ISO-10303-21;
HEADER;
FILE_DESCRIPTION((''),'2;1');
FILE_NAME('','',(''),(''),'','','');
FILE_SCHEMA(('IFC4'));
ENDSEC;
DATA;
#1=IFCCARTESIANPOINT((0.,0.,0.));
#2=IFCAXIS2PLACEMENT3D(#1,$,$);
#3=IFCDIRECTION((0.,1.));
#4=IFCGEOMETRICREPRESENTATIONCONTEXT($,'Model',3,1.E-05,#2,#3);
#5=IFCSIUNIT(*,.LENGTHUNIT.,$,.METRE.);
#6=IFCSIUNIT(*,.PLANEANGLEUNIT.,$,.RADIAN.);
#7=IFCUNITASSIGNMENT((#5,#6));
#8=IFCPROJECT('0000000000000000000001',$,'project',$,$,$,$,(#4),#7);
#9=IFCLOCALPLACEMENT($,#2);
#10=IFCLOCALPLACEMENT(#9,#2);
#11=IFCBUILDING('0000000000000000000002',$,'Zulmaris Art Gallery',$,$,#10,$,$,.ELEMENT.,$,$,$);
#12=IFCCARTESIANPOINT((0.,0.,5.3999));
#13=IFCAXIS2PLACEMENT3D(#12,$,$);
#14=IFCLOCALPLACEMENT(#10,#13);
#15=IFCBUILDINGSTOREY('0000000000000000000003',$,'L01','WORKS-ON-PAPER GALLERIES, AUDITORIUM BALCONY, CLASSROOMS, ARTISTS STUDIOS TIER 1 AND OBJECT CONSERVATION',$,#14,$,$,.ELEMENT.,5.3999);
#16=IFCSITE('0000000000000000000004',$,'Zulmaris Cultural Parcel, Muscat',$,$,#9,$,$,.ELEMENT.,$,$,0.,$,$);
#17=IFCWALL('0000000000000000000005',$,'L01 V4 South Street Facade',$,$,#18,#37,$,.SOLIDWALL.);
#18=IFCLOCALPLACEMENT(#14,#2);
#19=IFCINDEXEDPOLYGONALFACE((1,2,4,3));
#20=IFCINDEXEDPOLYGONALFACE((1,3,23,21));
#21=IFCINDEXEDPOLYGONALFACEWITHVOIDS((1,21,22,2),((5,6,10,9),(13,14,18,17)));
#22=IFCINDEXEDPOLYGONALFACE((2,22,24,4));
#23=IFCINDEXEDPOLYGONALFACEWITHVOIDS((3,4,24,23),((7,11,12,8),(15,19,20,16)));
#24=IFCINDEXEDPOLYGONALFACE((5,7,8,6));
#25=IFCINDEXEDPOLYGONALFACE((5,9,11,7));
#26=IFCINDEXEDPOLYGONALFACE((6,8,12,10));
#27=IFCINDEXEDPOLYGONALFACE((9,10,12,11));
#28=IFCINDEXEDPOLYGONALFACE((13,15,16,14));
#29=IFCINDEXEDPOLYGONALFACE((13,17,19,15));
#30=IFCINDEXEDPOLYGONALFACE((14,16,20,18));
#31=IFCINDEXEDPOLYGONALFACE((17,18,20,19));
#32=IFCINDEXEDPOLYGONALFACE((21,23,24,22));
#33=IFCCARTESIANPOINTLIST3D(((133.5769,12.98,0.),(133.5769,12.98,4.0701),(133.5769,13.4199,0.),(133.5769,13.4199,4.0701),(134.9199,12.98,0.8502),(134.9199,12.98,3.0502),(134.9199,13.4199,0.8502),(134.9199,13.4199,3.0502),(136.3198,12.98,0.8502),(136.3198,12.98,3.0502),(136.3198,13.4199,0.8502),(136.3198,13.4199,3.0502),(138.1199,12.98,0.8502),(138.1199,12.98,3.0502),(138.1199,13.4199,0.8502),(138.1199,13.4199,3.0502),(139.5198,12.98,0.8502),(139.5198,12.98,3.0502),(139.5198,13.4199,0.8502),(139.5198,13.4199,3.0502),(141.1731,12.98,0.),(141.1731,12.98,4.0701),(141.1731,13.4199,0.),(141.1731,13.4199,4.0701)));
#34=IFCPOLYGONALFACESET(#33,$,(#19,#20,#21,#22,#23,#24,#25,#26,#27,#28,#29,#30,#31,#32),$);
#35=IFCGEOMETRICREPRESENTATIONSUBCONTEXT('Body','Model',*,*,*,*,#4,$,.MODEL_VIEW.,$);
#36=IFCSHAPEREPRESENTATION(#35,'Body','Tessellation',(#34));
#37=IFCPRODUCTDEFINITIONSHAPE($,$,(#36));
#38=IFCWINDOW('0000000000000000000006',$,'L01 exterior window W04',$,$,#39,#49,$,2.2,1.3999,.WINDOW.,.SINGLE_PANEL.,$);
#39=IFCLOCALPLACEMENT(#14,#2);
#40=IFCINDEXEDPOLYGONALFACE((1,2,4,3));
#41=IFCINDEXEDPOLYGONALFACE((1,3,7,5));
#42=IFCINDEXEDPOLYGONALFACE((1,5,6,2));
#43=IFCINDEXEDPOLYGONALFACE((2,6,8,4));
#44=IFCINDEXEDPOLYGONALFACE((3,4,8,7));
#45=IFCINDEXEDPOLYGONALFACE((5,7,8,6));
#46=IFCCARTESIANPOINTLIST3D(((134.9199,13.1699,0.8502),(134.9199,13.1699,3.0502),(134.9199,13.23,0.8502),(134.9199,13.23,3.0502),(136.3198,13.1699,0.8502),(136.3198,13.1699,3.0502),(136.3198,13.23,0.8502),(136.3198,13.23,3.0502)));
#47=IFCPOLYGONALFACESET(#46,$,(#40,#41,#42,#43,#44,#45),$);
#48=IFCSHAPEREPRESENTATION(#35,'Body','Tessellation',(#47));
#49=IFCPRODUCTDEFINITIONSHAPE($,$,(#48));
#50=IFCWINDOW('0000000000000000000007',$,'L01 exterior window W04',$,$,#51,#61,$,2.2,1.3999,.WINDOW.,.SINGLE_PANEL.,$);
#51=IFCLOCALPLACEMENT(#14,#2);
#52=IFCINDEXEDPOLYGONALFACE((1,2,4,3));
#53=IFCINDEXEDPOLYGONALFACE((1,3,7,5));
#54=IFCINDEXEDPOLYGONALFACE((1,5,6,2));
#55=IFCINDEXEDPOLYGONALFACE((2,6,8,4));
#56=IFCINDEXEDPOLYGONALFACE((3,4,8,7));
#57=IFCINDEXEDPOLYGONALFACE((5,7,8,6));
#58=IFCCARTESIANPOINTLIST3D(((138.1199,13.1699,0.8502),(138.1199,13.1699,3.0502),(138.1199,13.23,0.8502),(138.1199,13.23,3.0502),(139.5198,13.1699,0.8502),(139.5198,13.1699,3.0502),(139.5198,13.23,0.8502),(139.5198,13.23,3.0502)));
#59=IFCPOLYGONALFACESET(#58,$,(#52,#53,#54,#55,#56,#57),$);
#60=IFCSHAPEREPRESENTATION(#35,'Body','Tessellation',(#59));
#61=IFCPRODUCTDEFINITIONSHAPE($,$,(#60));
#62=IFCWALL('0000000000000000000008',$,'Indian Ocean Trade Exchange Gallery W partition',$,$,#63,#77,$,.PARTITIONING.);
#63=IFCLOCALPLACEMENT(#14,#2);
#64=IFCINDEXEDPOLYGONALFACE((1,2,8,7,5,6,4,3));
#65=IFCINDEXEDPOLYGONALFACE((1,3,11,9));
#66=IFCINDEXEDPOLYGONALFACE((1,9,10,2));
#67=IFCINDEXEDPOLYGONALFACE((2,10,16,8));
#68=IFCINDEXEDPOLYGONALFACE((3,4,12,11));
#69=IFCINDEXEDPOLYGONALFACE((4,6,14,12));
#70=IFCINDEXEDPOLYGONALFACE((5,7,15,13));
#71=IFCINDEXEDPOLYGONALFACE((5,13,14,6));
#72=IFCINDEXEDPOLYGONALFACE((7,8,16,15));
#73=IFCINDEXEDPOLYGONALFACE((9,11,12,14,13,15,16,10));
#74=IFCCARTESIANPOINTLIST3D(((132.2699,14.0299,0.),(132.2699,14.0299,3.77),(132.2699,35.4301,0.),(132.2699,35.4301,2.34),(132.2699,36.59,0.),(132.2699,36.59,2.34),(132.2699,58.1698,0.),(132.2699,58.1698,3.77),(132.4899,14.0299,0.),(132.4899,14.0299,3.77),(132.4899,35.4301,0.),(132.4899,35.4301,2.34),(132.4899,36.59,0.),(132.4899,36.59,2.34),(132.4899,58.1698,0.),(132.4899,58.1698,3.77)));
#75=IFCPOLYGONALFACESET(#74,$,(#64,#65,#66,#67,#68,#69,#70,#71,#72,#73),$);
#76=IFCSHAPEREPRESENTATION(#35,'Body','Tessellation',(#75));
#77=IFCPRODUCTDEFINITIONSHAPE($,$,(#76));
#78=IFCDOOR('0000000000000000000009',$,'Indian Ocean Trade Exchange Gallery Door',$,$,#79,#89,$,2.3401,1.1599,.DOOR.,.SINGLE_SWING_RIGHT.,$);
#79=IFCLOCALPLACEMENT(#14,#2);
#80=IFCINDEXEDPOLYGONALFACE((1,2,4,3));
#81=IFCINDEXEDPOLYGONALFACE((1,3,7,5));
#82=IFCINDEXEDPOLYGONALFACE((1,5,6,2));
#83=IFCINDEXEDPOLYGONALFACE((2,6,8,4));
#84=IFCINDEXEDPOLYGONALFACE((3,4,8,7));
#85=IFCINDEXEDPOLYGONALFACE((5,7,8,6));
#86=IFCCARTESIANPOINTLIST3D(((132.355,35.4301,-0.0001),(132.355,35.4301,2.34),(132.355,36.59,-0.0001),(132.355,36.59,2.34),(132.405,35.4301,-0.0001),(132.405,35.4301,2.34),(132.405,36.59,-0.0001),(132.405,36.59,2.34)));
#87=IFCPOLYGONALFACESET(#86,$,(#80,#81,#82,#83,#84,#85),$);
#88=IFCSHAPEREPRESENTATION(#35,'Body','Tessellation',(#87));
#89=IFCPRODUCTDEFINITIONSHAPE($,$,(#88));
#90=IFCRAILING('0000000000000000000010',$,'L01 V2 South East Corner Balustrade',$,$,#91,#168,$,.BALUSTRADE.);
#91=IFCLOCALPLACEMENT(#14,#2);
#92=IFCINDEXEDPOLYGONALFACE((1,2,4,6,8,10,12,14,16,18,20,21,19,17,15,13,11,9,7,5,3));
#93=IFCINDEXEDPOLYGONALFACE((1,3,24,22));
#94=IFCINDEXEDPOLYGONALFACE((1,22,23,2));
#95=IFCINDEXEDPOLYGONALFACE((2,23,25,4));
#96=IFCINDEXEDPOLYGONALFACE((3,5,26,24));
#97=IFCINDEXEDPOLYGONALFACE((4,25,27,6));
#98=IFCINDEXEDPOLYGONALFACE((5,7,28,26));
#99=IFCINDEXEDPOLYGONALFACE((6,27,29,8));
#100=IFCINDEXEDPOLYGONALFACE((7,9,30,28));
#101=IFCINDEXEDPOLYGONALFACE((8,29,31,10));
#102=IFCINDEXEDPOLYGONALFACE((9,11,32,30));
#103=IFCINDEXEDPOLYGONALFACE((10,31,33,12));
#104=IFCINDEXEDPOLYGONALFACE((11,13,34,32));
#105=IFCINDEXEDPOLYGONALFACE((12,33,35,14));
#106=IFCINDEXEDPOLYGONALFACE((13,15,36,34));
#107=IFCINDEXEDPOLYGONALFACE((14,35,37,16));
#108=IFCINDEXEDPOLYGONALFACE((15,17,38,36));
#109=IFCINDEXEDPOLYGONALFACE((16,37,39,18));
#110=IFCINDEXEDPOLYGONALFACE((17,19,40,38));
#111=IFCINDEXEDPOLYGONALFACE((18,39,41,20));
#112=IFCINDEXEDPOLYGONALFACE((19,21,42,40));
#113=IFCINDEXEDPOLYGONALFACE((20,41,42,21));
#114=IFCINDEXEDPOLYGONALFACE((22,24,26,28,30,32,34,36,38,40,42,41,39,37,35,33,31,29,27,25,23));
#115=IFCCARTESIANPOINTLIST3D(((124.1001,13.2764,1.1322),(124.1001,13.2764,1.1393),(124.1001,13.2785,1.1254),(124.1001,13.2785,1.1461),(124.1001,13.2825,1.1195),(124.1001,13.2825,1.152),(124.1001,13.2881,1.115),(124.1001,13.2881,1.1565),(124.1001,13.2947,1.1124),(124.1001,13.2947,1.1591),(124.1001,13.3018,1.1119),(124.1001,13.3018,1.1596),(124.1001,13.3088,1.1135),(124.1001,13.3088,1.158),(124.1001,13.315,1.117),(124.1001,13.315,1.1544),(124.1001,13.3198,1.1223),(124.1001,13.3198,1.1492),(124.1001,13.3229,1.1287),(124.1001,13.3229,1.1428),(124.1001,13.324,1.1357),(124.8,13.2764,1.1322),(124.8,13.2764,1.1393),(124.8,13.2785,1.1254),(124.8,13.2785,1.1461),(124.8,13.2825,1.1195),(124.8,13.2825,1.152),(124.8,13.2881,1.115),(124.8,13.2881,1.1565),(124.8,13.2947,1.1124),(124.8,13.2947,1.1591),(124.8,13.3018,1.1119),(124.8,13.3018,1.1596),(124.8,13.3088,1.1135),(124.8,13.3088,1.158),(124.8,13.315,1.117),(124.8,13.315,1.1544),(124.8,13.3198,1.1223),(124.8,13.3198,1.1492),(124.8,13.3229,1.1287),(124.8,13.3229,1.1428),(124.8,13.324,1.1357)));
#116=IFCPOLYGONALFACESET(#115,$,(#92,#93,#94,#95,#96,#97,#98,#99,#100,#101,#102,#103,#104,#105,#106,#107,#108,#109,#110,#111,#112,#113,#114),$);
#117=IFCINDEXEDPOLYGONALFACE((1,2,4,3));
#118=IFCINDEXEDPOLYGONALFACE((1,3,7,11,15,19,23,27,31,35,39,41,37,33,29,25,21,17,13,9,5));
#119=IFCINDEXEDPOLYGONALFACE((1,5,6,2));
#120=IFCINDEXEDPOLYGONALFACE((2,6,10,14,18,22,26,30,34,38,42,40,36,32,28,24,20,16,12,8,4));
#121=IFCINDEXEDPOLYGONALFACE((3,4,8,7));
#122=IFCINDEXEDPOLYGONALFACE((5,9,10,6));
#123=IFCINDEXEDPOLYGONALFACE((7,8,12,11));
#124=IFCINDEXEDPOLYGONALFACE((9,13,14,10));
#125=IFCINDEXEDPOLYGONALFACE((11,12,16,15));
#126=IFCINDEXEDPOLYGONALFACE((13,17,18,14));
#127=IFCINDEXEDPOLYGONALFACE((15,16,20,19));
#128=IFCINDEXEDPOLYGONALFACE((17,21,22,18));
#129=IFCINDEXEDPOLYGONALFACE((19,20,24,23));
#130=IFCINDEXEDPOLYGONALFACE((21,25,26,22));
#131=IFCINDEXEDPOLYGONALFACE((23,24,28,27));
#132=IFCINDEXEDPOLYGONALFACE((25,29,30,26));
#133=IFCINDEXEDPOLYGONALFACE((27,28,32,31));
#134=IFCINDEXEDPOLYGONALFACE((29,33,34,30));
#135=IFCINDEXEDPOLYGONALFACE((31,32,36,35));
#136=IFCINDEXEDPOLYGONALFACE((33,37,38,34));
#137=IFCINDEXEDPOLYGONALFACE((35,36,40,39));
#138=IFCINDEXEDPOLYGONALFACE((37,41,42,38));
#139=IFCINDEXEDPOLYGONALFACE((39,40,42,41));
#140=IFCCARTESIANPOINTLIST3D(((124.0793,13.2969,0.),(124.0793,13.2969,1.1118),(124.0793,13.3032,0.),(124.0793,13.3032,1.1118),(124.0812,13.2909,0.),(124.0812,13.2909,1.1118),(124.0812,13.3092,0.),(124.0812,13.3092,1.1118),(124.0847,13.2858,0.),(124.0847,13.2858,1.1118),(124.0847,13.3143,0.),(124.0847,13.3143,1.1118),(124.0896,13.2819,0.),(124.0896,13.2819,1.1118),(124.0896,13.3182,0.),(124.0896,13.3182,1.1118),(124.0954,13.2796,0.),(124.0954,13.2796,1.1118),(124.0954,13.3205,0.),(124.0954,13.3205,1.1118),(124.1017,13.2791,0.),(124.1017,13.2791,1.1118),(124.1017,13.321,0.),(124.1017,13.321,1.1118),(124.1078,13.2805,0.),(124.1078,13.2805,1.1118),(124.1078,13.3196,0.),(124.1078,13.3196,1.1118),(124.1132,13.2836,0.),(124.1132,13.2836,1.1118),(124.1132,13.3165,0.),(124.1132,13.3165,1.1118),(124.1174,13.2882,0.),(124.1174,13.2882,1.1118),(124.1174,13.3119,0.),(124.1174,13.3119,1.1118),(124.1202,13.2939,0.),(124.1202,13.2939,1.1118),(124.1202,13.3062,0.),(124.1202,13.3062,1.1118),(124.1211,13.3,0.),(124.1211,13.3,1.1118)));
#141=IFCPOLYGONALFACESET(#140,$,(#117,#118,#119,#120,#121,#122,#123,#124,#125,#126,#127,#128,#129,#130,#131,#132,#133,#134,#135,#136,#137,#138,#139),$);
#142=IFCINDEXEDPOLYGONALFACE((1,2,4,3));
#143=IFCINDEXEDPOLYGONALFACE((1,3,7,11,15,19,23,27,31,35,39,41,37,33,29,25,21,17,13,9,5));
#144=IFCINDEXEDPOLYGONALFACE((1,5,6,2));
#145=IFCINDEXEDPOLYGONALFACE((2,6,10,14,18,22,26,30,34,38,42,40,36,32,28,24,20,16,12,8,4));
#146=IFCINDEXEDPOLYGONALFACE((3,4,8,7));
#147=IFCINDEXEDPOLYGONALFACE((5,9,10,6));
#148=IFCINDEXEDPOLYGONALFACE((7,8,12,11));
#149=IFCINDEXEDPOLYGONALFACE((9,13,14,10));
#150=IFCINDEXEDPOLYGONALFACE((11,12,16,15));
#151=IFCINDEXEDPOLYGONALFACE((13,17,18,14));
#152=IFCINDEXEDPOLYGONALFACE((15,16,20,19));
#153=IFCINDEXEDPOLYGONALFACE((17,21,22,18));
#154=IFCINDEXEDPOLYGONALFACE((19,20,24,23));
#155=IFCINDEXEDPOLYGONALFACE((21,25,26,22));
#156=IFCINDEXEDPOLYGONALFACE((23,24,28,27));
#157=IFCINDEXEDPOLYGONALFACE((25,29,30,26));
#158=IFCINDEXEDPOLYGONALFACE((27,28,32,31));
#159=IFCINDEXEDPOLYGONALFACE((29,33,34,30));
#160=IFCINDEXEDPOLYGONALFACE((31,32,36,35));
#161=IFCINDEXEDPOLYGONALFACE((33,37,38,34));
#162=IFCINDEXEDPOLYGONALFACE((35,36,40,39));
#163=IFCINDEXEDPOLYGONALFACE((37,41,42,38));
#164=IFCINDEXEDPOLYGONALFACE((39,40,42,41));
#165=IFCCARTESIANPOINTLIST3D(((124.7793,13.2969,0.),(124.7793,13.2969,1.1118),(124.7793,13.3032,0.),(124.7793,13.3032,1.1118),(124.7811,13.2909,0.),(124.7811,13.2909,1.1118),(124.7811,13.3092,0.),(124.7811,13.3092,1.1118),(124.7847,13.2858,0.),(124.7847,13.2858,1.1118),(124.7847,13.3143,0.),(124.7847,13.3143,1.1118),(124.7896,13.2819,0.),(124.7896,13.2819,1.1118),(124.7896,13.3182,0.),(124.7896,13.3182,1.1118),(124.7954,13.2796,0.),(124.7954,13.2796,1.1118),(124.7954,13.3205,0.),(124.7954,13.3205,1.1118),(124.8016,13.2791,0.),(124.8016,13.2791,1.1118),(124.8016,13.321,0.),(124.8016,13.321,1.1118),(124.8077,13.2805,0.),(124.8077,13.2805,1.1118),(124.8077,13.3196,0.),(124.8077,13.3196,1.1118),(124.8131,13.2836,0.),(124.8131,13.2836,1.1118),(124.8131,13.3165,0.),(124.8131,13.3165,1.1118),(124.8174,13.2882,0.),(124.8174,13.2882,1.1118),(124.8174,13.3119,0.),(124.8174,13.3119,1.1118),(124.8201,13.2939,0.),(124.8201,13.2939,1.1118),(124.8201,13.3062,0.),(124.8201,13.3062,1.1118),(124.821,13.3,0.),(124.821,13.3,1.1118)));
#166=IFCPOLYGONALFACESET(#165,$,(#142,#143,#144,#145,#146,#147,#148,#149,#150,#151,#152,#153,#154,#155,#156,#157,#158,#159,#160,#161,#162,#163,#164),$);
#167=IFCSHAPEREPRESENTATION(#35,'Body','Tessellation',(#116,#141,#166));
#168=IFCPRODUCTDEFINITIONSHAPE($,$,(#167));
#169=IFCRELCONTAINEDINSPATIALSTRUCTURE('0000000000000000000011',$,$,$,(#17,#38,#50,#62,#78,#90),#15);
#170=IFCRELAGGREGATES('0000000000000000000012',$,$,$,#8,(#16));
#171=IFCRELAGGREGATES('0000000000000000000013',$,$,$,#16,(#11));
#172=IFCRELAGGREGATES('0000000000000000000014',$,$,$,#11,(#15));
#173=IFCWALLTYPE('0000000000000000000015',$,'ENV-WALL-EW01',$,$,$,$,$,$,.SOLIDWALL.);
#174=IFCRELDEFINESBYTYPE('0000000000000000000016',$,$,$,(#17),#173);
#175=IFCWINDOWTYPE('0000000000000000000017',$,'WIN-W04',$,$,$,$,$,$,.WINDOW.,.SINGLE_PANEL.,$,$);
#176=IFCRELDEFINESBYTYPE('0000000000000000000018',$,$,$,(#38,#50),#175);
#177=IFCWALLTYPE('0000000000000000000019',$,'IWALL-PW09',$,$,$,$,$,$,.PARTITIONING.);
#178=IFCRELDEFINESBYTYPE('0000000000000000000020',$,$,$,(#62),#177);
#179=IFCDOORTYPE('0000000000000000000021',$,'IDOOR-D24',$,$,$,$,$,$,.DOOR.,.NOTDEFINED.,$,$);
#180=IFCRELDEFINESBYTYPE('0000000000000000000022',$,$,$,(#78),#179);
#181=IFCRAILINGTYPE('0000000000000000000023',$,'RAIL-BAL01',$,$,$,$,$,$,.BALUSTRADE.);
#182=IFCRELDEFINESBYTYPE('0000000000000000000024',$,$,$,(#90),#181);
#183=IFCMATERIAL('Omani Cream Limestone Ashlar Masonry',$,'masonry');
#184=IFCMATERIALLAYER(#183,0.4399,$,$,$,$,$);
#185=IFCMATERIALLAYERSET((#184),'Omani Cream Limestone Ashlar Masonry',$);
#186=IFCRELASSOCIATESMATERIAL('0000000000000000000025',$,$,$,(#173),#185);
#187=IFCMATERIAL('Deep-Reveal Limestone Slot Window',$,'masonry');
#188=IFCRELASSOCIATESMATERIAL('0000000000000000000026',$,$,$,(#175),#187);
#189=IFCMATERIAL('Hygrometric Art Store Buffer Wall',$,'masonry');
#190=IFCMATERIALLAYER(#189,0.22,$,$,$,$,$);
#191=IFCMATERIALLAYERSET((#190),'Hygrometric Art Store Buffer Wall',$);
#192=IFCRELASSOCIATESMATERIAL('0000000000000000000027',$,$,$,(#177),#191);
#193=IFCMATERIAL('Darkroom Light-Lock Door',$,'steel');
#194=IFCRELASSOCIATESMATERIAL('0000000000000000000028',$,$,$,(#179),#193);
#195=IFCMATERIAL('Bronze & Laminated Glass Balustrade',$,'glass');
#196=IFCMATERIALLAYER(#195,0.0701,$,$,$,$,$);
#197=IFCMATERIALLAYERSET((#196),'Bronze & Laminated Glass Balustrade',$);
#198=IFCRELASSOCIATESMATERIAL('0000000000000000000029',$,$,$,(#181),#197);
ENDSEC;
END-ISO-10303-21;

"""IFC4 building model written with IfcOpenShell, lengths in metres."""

from ifc_helpers import new_model, si_unit, direction, frame, frame_2d, origin, origin_2d, place, context, subcontext, project, spatial, rectangle, circle, extrude, material, layer, layer_set, type_object, element, fill, save


model = new_model("IFC4")

# Units and contexts
model_context = context("Model", 3, precision=1e-05, world=origin(), true_north=direction((0.0, 1.0)))
body_context = subcontext(model_context, "Body", "Model", "MODEL_VIEW")
ifc_project = project(units=[si_unit("LENGTHUNIT", "METRE"), si_unit("PLANEANGLEUNIT", "RADIAN")], contexts=[model_context])

# Site, building, storey
site_placement = place(None, origin())
site = spatial("IfcSite", under=ifc_project, at=site_placement, Name="Zulmaris Cultural Parcel, Muscat", CompositionType="ELEMENT", RefElevation=0.0)
building_placement = place(site_placement, origin())
building = spatial("IfcBuilding", under=site, at=building_placement, Name="Zulmaris Art Gallery", CompositionType="ELEMENT")
storey_placement = place(building_placement, frame((0.0, 0.0, 5.3999)))
storey = spatial("IfcBuildingStorey", under=building, at=storey_placement, Name="L01", Description="WORKS-ON-PAPER GALLERIES, AUDITORIUM BALCONY, CLASSROOMS, ARTISTS STUDIOS TIER 1 AND OBJECT CONSERVATION", CompositionType="ELEMENT", Elevation=5.3999)

# Wall, openings, windows
ifc_material_1 = material(Name="Omani Cream Limestone Ashlar Masonry", Category="masonry")
ifc_layer_1 = layer(ifc_material_1, 0.4399)
ifc_layer_set_1 = layer_set([ifc_layer_1], Name="Omani Cream Limestone Ashlar Masonry")
wall_type_1 = type_object("IfcWallType", Name="ENV-WALL-EW01", PredefinedType="SOLIDWALL", material=ifc_layer_set_1)
ifc_material_2 = material(Name="Deep-Reveal Limestone Slot Window", Category="masonry")
window_type = type_object("IfcWindowType", Name="WIN-W04", PartitioningType="SINGLE_PANEL", PredefinedType="WINDOW", material=ifc_material_2)
wall_1_placement = place(storey_placement, frame((133.5769, 13.2, 0.0), z_axis=(0.0, 0.0, 1.0), x_axis=(1.0, 0.0, 0.0)))
wall_1 = element("IfcWall", 1, at=wall_1_placement, inside=storey, type_object=wall_type_1, Name="L01 V4 South Street Facade", PredefinedType="SOLIDWALL", context=body_context, shape_type="SweptSolid", body=[
    extrude(rectangle(XDim=7.5962, YDim=0.4399, at=frame_2d((3.7981, 0.0))), origin(), (0.0, 0.0, 1.0), 4.0701),
])
opening_1_placement = place(wall_1_placement, frame((1.343, 0.0, 0.8501)))
opening_1 = element("IfcOpeningElement", 2, at=opening_1_placement, cuts=wall_1, PredefinedType="OPENING", context=body_context, shape_type="SweptSolid", body=[
    extrude(rectangle(XDim=1.3999, YDim=2.2, at=frame_2d((0.7, 1.1001))), frame((0.0, 0.23, 0.0), z_axis=(0.0, -1.0, 0.0), x_axis=(1.0, 0.0, 0.0)), (0.0, 0.0, 1.0), 0.46),
])
opening_2_placement = place(wall_1_placement, frame((4.543, 0.0, 0.8501)))
opening_2 = element("IfcOpeningElement", 3, at=opening_2_placement, cuts=wall_1, PredefinedType="OPENING", context=body_context, shape_type="SweptSolid", body=[
    extrude(rectangle(XDim=1.3999, YDim=2.2, at=frame_2d((0.7, 1.1001))), frame((0.0, 0.23, 0.0), z_axis=(0.0, -1.0, 0.0), x_axis=(1.0, 0.0, 0.0)), (0.0, 0.0, 1.0), 0.46),
])
window_1_placement = place(opening_1_placement, origin())
window_1 = element("IfcWindow", 4, at=window_1_placement, inside=storey, type_object=window_type, Name="L01 exterior window W04", OverallHeight=2.2, OverallWidth=1.3999, PartitioningType="SINGLE_PANEL", PredefinedType="WINDOW", context=body_context, shape_type="SweptSolid", body=[
    extrude(rectangle(XDim=1.3999, YDim=2.2, at=frame_2d((0.7, 1.1001))), frame((0.0, 0.03, 0.0), z_axis=(0.0, -1.0, 0.0), x_axis=(1.0, 0.0, 0.0)), (0.0, 0.0, 1.0), 0.0601),
])
fill(opening_1, window_1)
window_2_placement = place(opening_2_placement, origin())
window_2 = element("IfcWindow", 5, at=window_2_placement, inside=storey, type_object=window_type, Name="L01 exterior window W04", OverallHeight=2.2, OverallWidth=1.3999, PartitioningType="SINGLE_PANEL", PredefinedType="WINDOW", context=body_context, shape_type="SweptSolid", body=[
    extrude(rectangle(XDim=1.3999, YDim=2.2, at=frame_2d((0.7, 1.1001))), frame((0.0, 0.03, 0.0), z_axis=(0.0, -1.0, 0.0), x_axis=(1.0, 0.0, 0.0)), (0.0, 0.0, 1.0), 0.0601),
])
fill(opening_2, window_2)

# Wall, opening, door
ifc_material_3 = material(Name="Hygrometric Art Store Buffer Wall", Category="masonry")
ifc_layer_2 = layer(ifc_material_3, 0.22)
ifc_layer_set_2 = layer_set([ifc_layer_2], Name="Hygrometric Art Store Buffer Wall")
wall_type_2 = type_object("IfcWallType", Name="IWALL-PW09", PredefinedType="PARTITIONING", material=ifc_layer_set_2)
wall_2_placement = place(storey_placement, frame((132.3799, 14.03, 0.0), z_axis=(0.0, 0.0, 1.0), x_axis=(0.0, 1.0, 0.0)))
wall_2 = element("IfcWall", 6, at=wall_2_placement, inside=storey, type_object=wall_type_2, Name="Indian Ocean Trade Exchange Gallery W partition", PredefinedType="PARTITIONING", context=body_context, shape_type="SweptSolid", body=[
    extrude(rectangle(XDim=44.1399, YDim=0.22, at=frame_2d((22.0698, 0.0))), origin(), (0.0, 0.0, 1.0), 3.77),
])
opening_3_placement = place(wall_2_placement, frame((21.3999, 0.0, 0.0)))
opening_3 = element("IfcOpeningElement", 7, at=opening_3_placement, cuts=wall_2, PredefinedType="OPENING", context=body_context, shape_type="SweptSolid", body=[
    extrude(rectangle(XDim=1.1599, YDim=2.3401, at=frame_2d((0.5801, 1.1699))), frame((0.0, 0.1199, 0.0), z_axis=(0.0, -1.0, 0.0), x_axis=(1.0, 0.0, 0.0)), (0.0, 0.0, 1.0), 0.24),
])
ifc_material_4 = material(Name="Darkroom Light-Lock Door", Category="steel")
door_type = type_object("IfcDoorType", Name="IDOOR-D24", OperationType="NOTDEFINED", PredefinedType="DOOR", material=ifc_material_4)
door_placement = place(opening_3_placement, origin())
door = element("IfcDoor", 8, at=door_placement, inside=storey, type_object=door_type, Name="Indian Ocean Trade Exchange Gallery Door", OperationType="SINGLE_SWING_RIGHT", OverallHeight=2.3401, OverallWidth=1.1599, PredefinedType="DOOR", context=body_context, shape_type="SweptSolid", body=[
    extrude(rectangle(XDim=1.1599, YDim=2.3401, at=frame_2d((0.5801, 1.1699))), frame((0.0, 0.0249, 0.0), z_axis=(0.0, -1.0, 0.0), x_axis=(1.0, 0.0, 0.0)), (0.0, 0.0, 1.0), 0.05),
])
fill(opening_3, door)

# Railing
ifc_material_5 = material(Name="Bronze & Laminated Glass Balustrade", Category="glass")
ifc_layer_3 = layer(ifc_material_5, 0.0701)
ifc_layer_set_3 = layer_set([ifc_layer_3], Name="Bronze & Laminated Glass Balustrade")
railing_type = type_object("IfcRailingType", Name="RAIL-BAL01", PredefinedType="BALUSTRADE", material=ifc_layer_set_3)
railing_placement = place(storey_placement, frame((124.1001, 13.3, 0.0)))
element("IfcRailing", 9, at=railing_placement, inside=storey, type_object=railing_type, Name="L01 V2 South East Corner Balustrade", PredefinedType="BALUSTRADE", context=body_context, shape_type="SweptSolid", body=[
    extrude(circle(Radius=0.0239, at=origin_2d()), frame((0.0, 0.0, 1.1357), z_axis=(1.0, 0.0, 0.0), x_axis=(0.0, 1.0, 0.0)), (0.0, 0.0, 1.0), 0.7),
    extrude(circle(Radius=0.021, at=origin_2d()), origin(), (0.0, 0.0, 1.0), 1.1118),
    extrude(circle(Radius=0.021, at=origin_2d()), frame((0.7, 0.0, 0.0)), (0.0, 0.0, 1.0), 1.1118),
])

save(model, "model.ifc")
